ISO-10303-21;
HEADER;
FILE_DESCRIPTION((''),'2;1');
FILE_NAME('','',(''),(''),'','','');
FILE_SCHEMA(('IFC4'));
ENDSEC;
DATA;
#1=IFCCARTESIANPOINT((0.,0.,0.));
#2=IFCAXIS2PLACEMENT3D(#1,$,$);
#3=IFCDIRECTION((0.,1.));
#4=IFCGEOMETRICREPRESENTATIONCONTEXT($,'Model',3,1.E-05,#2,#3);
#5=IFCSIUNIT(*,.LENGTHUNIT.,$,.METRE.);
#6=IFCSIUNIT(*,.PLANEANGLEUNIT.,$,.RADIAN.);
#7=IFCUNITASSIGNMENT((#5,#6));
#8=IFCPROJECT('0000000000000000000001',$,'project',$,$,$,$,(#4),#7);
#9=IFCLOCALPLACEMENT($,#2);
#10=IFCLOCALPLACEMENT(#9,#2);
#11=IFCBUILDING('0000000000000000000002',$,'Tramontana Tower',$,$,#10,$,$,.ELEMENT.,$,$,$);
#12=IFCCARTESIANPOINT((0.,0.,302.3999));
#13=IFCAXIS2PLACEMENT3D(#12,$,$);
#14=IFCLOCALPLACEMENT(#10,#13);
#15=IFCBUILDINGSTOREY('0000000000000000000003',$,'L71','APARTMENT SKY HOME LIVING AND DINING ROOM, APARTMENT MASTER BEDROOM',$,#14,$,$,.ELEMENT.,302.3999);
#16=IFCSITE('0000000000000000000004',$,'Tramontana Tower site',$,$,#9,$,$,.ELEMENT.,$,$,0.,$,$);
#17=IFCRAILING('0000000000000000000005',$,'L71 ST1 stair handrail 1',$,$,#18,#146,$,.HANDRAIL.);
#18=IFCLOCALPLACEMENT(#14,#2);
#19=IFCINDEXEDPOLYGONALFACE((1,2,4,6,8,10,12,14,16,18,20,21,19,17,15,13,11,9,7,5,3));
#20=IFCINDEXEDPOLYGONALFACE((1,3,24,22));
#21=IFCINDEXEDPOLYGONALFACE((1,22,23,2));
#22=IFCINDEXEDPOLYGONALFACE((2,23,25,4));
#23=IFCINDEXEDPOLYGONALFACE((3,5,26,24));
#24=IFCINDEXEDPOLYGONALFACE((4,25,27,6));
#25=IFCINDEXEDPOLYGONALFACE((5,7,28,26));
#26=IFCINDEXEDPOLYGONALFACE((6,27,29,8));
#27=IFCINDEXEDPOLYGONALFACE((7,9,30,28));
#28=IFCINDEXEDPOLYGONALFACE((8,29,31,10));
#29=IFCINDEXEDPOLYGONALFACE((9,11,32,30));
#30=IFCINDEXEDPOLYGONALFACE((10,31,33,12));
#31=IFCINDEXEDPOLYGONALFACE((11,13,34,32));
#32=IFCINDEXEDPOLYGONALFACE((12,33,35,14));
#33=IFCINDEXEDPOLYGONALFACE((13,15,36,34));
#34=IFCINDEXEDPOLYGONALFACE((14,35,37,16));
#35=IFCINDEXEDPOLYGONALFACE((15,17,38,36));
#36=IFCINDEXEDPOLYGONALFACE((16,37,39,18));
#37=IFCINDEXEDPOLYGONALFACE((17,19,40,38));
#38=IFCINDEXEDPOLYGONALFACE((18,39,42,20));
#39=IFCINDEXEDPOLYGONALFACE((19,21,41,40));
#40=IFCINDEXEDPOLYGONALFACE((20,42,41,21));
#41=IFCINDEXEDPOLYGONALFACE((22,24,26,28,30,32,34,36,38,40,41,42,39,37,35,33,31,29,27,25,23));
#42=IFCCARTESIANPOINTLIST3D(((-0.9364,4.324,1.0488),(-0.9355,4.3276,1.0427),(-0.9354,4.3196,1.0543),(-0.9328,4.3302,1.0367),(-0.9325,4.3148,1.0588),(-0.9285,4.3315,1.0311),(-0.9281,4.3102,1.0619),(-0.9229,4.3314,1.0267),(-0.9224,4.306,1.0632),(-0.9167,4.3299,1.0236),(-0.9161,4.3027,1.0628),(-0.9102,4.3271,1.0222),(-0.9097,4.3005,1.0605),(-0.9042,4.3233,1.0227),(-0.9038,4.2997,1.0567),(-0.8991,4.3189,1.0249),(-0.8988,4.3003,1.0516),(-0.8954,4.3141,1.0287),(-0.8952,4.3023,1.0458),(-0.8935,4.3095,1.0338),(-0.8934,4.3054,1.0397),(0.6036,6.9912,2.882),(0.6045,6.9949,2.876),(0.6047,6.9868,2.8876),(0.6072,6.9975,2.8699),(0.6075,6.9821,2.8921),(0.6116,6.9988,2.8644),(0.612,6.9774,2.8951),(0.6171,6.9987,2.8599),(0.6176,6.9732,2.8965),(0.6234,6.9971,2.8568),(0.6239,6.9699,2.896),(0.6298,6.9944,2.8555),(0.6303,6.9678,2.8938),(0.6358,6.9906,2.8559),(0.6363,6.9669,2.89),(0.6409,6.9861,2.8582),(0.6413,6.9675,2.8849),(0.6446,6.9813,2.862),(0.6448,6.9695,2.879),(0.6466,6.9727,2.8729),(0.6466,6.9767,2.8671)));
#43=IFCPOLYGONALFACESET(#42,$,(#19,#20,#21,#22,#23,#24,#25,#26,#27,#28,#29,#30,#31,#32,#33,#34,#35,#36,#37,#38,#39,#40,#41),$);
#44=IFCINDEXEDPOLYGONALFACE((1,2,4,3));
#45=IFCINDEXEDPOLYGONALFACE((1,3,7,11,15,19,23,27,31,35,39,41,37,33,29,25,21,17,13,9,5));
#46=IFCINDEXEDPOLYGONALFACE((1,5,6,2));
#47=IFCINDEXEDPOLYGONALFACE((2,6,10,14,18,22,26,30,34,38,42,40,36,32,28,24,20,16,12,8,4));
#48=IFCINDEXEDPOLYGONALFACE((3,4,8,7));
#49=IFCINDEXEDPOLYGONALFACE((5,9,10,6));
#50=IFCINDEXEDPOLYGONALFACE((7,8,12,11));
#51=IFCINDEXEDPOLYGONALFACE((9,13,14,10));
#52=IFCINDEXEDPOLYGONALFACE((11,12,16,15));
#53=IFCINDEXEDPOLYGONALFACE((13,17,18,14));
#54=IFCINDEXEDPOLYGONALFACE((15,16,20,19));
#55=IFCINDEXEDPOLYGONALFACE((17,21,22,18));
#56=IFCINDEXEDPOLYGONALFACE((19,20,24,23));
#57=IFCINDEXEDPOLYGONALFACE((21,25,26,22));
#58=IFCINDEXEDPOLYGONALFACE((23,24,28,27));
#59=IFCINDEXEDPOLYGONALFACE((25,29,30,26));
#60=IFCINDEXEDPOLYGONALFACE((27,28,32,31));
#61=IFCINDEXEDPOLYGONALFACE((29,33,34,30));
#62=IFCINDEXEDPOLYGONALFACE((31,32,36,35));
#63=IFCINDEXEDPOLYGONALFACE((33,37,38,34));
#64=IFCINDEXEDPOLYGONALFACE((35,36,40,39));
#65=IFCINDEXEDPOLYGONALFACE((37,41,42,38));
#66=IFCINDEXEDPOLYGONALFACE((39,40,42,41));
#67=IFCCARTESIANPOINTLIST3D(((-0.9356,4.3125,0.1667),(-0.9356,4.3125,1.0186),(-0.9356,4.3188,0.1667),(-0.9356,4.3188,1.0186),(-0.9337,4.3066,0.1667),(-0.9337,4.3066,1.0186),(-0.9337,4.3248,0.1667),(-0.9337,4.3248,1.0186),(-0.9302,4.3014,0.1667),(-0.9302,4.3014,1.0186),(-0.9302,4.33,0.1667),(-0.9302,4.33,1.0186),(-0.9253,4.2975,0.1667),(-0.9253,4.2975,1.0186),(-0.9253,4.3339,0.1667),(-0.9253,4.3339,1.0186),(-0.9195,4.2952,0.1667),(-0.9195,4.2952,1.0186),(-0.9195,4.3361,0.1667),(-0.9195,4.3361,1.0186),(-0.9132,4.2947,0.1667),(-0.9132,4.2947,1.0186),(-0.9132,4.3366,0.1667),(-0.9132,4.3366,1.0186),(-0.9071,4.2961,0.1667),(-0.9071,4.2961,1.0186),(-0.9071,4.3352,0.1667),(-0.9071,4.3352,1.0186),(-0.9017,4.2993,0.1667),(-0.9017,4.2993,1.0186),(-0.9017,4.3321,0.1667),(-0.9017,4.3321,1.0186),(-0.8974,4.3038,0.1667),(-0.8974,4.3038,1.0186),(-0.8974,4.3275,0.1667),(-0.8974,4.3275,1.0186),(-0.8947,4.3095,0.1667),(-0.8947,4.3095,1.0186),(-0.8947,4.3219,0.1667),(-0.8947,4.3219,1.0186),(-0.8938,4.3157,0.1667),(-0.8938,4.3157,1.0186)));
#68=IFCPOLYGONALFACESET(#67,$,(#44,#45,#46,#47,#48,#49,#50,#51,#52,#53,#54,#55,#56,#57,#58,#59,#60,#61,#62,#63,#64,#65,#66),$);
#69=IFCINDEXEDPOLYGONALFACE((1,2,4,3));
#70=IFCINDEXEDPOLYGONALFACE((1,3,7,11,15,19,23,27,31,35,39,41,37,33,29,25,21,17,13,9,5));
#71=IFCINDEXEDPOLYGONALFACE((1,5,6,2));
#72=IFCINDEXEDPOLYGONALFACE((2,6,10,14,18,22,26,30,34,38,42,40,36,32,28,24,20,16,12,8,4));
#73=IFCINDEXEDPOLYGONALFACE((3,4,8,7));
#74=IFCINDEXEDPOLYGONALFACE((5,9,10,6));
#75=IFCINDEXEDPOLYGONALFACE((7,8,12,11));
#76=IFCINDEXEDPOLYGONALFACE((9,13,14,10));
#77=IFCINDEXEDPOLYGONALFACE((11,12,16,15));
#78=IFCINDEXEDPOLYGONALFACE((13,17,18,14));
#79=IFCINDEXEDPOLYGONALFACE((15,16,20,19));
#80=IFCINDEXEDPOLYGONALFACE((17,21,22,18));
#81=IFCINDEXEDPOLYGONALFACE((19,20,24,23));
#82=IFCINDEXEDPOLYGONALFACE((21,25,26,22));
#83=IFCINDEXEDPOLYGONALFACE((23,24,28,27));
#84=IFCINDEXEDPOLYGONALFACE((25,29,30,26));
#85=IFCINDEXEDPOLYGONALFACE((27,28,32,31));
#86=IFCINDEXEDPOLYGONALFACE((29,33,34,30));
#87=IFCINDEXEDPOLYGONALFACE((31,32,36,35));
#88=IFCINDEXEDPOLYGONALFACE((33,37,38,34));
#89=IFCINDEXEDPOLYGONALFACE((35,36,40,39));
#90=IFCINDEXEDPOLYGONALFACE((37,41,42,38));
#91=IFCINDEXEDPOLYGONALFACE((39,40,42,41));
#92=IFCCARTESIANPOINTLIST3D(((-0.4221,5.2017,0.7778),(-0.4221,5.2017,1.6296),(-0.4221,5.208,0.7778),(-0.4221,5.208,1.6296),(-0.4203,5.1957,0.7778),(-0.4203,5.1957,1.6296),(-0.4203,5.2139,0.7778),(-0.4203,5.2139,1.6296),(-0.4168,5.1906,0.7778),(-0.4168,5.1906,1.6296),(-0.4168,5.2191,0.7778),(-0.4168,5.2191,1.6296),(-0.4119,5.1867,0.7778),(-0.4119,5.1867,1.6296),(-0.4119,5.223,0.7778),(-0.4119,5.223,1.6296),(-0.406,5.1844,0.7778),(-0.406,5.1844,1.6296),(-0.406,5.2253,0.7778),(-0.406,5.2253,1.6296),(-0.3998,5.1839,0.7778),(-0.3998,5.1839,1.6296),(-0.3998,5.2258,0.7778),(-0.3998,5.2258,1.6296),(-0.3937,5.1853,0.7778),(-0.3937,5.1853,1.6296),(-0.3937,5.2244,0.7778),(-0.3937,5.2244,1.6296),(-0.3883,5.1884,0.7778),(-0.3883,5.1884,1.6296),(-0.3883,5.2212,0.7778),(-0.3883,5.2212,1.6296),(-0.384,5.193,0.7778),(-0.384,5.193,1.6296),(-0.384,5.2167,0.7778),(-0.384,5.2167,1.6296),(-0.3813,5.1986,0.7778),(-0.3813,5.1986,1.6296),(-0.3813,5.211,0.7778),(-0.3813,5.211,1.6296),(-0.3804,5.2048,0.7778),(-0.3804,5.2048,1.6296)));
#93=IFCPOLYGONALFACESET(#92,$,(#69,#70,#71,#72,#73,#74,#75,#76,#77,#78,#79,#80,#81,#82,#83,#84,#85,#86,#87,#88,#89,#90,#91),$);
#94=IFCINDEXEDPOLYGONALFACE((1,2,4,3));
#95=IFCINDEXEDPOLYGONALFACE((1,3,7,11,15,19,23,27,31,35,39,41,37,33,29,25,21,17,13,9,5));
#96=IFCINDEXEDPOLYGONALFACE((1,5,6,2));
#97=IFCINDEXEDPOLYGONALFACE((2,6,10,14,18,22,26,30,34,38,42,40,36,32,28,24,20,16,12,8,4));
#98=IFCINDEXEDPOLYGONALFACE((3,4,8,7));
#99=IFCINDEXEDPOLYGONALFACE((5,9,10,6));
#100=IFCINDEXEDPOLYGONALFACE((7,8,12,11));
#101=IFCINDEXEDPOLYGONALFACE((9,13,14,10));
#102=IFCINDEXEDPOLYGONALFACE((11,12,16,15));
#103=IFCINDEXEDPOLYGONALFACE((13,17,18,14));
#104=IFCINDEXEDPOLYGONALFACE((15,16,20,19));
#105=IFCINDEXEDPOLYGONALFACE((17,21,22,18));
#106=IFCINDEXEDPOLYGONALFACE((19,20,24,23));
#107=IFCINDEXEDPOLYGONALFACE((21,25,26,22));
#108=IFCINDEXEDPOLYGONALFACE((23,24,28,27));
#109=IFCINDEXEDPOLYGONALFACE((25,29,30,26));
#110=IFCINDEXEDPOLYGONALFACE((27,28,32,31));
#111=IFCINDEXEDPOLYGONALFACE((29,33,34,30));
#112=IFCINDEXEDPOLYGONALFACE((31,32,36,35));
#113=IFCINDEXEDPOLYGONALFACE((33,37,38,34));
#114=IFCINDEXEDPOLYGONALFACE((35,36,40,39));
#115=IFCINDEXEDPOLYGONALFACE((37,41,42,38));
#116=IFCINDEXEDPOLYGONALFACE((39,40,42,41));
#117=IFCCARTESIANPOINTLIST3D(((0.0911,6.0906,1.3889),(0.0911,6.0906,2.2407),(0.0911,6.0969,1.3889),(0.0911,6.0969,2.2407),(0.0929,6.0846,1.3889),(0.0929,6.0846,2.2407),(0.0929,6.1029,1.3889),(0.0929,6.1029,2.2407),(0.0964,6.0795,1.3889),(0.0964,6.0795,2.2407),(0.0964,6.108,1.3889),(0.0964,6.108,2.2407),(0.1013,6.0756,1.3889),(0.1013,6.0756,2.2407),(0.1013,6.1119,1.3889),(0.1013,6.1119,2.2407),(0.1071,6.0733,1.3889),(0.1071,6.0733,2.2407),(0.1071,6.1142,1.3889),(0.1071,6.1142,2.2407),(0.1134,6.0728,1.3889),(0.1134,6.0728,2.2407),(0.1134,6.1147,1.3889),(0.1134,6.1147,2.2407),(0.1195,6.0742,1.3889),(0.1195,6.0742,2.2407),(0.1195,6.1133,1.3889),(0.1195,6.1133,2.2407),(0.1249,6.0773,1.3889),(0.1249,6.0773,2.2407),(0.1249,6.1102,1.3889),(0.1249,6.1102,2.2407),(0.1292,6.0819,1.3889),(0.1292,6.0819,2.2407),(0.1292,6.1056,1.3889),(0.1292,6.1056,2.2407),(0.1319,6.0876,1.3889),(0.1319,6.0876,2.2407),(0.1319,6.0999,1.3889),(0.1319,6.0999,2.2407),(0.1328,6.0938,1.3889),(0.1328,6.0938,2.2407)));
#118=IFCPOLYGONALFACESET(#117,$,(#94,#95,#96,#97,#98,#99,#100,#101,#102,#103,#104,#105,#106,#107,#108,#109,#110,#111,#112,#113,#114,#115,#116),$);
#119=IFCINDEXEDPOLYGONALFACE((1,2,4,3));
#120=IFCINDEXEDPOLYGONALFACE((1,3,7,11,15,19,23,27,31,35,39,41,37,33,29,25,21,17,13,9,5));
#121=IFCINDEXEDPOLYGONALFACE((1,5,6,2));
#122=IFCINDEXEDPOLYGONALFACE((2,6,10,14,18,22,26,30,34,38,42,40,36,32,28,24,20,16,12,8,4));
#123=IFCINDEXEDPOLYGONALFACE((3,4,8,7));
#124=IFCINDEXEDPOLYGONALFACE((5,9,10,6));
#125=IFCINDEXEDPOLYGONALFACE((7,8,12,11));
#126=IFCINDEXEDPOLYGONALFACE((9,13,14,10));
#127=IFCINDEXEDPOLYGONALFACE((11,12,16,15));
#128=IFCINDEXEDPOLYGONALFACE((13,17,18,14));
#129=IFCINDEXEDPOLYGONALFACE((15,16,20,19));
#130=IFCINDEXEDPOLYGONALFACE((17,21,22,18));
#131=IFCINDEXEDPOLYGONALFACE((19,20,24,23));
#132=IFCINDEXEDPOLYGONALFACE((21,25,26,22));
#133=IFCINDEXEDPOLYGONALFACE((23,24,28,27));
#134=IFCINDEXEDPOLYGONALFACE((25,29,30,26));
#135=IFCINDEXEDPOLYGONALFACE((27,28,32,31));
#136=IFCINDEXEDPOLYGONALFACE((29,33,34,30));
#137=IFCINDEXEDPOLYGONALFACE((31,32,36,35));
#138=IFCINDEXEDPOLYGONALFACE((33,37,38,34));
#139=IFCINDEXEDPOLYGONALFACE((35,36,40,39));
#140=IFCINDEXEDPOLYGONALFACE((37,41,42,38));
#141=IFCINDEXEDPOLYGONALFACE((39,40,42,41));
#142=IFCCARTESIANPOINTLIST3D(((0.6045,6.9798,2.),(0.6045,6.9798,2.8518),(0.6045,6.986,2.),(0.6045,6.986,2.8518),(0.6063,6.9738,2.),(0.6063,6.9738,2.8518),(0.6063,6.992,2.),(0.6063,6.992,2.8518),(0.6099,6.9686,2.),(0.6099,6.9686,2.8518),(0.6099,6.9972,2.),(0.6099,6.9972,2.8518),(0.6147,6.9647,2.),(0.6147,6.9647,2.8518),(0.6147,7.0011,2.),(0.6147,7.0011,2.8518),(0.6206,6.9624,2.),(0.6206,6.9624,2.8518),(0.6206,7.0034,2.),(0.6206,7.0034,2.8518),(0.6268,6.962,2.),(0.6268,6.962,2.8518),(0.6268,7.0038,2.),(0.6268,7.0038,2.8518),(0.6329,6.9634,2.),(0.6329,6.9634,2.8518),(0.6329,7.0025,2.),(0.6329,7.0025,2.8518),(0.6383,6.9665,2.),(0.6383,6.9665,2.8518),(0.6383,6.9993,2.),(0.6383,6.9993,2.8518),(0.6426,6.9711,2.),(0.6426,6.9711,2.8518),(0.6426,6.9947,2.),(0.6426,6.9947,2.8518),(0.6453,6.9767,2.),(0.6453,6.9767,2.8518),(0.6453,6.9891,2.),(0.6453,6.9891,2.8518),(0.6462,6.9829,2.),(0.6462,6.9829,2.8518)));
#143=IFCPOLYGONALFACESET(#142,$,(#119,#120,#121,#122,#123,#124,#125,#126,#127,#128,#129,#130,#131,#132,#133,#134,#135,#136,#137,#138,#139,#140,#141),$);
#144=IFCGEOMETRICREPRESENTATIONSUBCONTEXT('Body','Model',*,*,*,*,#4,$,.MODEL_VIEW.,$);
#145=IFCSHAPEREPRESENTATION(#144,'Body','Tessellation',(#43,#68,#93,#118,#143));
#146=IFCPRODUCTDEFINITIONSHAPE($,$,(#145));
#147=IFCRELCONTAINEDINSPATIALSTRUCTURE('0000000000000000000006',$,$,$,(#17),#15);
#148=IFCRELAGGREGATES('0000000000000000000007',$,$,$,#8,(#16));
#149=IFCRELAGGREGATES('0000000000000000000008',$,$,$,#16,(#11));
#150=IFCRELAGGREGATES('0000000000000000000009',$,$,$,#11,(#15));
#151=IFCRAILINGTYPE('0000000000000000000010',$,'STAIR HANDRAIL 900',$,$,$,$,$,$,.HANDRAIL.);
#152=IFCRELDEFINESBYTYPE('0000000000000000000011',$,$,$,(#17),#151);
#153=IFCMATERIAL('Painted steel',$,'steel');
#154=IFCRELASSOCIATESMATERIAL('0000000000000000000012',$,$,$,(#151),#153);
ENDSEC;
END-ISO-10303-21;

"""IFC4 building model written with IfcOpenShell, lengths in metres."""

from ifc_helpers import new_model, si_unit, direction, frame, origin, origin_2d, place, context, subcontext, project, spatial, circle, extrude, material, type_object, element, save


model = new_model("IFC4")

# Units and contexts
model_context = context("Model", 3, precision=1e-05, world=origin(), true_north=direction((0.0, 1.0)))
body_context = subcontext(model_context, "Body", "Model", "MODEL_VIEW")
ifc_project = project(units=[si_unit("LENGTHUNIT", "METRE"), si_unit("PLANEANGLEUNIT", "RADIAN")], contexts=[model_context])

# Site, building, storey
site_placement = place(None, origin())
site = spatial("IfcSite", under=ifc_project, at=site_placement, Name="Tramontana Tower site", CompositionType="ELEMENT", RefElevation=0.0)
building_placement = place(site_placement, origin())
building = spatial("IfcBuilding", under=site, at=building_placement, Name="Tramontana Tower", CompositionType="ELEMENT")
storey_placement = place(building_placement, frame((0.0, 0.0, 302.3999)))
storey = spatial("IfcBuildingStorey", under=building, at=storey_placement, Name="L71", Description="APARTMENT SKY HOME LIVING AND DINING ROOM, APARTMENT MASTER BEDROOM", CompositionType="ELEMENT", Elevation=302.3999)

# Railing
ifc_material_1 = material(Name="Painted steel", Category="steel")
railing_type_1 = type_object("IfcRailingType", Name="STAIR HANDRAIL 900", PredefinedType="HANDRAIL", material=ifc_material_1)
railing_1_placement = place(storey_placement, frame((-0.9148, 4.3157, 0.1667)))
element("IfcRailing", 1, at=railing_1_placement, inside=storey, type_object=railing_type_1, Name="L71 ST1 stair handrail 1", PredefinedType="HANDRAIL", context=body_context, shape_type="SweptSolid", body=[
    extrude(circle(Radius=0.0239, at=origin_2d()), frame((0.0, 0.0, 0.876), z_axis=(0.429671, 0.744159, 0.511478), x_axis=(-0.86601, 0.500027, 0.0)), (0.0, 0.0, 1.0), 3.5842),
    extrude(circle(Radius=0.021, at=origin_2d()), origin(), (0.0, 0.0, 1.0), 0.8518),
    extrude(circle(Radius=0.021, at=origin_2d()), frame((0.5134, 0.8892, 0.6111)), (0.0, 0.0, 1.0), 0.8518),
    extrude(circle(Radius=0.021, at=origin_2d()), frame((1.0266, 1.7781, 1.2222)), (0.0, 0.0, 1.0), 0.8518),
    extrude(circle(Radius=0.021, at=origin_2d()), frame((1.54, 2.6672, 1.8333)), (0.0, 0.0, 1.0), 0.8518),
])

save(model, "model.ifc")
